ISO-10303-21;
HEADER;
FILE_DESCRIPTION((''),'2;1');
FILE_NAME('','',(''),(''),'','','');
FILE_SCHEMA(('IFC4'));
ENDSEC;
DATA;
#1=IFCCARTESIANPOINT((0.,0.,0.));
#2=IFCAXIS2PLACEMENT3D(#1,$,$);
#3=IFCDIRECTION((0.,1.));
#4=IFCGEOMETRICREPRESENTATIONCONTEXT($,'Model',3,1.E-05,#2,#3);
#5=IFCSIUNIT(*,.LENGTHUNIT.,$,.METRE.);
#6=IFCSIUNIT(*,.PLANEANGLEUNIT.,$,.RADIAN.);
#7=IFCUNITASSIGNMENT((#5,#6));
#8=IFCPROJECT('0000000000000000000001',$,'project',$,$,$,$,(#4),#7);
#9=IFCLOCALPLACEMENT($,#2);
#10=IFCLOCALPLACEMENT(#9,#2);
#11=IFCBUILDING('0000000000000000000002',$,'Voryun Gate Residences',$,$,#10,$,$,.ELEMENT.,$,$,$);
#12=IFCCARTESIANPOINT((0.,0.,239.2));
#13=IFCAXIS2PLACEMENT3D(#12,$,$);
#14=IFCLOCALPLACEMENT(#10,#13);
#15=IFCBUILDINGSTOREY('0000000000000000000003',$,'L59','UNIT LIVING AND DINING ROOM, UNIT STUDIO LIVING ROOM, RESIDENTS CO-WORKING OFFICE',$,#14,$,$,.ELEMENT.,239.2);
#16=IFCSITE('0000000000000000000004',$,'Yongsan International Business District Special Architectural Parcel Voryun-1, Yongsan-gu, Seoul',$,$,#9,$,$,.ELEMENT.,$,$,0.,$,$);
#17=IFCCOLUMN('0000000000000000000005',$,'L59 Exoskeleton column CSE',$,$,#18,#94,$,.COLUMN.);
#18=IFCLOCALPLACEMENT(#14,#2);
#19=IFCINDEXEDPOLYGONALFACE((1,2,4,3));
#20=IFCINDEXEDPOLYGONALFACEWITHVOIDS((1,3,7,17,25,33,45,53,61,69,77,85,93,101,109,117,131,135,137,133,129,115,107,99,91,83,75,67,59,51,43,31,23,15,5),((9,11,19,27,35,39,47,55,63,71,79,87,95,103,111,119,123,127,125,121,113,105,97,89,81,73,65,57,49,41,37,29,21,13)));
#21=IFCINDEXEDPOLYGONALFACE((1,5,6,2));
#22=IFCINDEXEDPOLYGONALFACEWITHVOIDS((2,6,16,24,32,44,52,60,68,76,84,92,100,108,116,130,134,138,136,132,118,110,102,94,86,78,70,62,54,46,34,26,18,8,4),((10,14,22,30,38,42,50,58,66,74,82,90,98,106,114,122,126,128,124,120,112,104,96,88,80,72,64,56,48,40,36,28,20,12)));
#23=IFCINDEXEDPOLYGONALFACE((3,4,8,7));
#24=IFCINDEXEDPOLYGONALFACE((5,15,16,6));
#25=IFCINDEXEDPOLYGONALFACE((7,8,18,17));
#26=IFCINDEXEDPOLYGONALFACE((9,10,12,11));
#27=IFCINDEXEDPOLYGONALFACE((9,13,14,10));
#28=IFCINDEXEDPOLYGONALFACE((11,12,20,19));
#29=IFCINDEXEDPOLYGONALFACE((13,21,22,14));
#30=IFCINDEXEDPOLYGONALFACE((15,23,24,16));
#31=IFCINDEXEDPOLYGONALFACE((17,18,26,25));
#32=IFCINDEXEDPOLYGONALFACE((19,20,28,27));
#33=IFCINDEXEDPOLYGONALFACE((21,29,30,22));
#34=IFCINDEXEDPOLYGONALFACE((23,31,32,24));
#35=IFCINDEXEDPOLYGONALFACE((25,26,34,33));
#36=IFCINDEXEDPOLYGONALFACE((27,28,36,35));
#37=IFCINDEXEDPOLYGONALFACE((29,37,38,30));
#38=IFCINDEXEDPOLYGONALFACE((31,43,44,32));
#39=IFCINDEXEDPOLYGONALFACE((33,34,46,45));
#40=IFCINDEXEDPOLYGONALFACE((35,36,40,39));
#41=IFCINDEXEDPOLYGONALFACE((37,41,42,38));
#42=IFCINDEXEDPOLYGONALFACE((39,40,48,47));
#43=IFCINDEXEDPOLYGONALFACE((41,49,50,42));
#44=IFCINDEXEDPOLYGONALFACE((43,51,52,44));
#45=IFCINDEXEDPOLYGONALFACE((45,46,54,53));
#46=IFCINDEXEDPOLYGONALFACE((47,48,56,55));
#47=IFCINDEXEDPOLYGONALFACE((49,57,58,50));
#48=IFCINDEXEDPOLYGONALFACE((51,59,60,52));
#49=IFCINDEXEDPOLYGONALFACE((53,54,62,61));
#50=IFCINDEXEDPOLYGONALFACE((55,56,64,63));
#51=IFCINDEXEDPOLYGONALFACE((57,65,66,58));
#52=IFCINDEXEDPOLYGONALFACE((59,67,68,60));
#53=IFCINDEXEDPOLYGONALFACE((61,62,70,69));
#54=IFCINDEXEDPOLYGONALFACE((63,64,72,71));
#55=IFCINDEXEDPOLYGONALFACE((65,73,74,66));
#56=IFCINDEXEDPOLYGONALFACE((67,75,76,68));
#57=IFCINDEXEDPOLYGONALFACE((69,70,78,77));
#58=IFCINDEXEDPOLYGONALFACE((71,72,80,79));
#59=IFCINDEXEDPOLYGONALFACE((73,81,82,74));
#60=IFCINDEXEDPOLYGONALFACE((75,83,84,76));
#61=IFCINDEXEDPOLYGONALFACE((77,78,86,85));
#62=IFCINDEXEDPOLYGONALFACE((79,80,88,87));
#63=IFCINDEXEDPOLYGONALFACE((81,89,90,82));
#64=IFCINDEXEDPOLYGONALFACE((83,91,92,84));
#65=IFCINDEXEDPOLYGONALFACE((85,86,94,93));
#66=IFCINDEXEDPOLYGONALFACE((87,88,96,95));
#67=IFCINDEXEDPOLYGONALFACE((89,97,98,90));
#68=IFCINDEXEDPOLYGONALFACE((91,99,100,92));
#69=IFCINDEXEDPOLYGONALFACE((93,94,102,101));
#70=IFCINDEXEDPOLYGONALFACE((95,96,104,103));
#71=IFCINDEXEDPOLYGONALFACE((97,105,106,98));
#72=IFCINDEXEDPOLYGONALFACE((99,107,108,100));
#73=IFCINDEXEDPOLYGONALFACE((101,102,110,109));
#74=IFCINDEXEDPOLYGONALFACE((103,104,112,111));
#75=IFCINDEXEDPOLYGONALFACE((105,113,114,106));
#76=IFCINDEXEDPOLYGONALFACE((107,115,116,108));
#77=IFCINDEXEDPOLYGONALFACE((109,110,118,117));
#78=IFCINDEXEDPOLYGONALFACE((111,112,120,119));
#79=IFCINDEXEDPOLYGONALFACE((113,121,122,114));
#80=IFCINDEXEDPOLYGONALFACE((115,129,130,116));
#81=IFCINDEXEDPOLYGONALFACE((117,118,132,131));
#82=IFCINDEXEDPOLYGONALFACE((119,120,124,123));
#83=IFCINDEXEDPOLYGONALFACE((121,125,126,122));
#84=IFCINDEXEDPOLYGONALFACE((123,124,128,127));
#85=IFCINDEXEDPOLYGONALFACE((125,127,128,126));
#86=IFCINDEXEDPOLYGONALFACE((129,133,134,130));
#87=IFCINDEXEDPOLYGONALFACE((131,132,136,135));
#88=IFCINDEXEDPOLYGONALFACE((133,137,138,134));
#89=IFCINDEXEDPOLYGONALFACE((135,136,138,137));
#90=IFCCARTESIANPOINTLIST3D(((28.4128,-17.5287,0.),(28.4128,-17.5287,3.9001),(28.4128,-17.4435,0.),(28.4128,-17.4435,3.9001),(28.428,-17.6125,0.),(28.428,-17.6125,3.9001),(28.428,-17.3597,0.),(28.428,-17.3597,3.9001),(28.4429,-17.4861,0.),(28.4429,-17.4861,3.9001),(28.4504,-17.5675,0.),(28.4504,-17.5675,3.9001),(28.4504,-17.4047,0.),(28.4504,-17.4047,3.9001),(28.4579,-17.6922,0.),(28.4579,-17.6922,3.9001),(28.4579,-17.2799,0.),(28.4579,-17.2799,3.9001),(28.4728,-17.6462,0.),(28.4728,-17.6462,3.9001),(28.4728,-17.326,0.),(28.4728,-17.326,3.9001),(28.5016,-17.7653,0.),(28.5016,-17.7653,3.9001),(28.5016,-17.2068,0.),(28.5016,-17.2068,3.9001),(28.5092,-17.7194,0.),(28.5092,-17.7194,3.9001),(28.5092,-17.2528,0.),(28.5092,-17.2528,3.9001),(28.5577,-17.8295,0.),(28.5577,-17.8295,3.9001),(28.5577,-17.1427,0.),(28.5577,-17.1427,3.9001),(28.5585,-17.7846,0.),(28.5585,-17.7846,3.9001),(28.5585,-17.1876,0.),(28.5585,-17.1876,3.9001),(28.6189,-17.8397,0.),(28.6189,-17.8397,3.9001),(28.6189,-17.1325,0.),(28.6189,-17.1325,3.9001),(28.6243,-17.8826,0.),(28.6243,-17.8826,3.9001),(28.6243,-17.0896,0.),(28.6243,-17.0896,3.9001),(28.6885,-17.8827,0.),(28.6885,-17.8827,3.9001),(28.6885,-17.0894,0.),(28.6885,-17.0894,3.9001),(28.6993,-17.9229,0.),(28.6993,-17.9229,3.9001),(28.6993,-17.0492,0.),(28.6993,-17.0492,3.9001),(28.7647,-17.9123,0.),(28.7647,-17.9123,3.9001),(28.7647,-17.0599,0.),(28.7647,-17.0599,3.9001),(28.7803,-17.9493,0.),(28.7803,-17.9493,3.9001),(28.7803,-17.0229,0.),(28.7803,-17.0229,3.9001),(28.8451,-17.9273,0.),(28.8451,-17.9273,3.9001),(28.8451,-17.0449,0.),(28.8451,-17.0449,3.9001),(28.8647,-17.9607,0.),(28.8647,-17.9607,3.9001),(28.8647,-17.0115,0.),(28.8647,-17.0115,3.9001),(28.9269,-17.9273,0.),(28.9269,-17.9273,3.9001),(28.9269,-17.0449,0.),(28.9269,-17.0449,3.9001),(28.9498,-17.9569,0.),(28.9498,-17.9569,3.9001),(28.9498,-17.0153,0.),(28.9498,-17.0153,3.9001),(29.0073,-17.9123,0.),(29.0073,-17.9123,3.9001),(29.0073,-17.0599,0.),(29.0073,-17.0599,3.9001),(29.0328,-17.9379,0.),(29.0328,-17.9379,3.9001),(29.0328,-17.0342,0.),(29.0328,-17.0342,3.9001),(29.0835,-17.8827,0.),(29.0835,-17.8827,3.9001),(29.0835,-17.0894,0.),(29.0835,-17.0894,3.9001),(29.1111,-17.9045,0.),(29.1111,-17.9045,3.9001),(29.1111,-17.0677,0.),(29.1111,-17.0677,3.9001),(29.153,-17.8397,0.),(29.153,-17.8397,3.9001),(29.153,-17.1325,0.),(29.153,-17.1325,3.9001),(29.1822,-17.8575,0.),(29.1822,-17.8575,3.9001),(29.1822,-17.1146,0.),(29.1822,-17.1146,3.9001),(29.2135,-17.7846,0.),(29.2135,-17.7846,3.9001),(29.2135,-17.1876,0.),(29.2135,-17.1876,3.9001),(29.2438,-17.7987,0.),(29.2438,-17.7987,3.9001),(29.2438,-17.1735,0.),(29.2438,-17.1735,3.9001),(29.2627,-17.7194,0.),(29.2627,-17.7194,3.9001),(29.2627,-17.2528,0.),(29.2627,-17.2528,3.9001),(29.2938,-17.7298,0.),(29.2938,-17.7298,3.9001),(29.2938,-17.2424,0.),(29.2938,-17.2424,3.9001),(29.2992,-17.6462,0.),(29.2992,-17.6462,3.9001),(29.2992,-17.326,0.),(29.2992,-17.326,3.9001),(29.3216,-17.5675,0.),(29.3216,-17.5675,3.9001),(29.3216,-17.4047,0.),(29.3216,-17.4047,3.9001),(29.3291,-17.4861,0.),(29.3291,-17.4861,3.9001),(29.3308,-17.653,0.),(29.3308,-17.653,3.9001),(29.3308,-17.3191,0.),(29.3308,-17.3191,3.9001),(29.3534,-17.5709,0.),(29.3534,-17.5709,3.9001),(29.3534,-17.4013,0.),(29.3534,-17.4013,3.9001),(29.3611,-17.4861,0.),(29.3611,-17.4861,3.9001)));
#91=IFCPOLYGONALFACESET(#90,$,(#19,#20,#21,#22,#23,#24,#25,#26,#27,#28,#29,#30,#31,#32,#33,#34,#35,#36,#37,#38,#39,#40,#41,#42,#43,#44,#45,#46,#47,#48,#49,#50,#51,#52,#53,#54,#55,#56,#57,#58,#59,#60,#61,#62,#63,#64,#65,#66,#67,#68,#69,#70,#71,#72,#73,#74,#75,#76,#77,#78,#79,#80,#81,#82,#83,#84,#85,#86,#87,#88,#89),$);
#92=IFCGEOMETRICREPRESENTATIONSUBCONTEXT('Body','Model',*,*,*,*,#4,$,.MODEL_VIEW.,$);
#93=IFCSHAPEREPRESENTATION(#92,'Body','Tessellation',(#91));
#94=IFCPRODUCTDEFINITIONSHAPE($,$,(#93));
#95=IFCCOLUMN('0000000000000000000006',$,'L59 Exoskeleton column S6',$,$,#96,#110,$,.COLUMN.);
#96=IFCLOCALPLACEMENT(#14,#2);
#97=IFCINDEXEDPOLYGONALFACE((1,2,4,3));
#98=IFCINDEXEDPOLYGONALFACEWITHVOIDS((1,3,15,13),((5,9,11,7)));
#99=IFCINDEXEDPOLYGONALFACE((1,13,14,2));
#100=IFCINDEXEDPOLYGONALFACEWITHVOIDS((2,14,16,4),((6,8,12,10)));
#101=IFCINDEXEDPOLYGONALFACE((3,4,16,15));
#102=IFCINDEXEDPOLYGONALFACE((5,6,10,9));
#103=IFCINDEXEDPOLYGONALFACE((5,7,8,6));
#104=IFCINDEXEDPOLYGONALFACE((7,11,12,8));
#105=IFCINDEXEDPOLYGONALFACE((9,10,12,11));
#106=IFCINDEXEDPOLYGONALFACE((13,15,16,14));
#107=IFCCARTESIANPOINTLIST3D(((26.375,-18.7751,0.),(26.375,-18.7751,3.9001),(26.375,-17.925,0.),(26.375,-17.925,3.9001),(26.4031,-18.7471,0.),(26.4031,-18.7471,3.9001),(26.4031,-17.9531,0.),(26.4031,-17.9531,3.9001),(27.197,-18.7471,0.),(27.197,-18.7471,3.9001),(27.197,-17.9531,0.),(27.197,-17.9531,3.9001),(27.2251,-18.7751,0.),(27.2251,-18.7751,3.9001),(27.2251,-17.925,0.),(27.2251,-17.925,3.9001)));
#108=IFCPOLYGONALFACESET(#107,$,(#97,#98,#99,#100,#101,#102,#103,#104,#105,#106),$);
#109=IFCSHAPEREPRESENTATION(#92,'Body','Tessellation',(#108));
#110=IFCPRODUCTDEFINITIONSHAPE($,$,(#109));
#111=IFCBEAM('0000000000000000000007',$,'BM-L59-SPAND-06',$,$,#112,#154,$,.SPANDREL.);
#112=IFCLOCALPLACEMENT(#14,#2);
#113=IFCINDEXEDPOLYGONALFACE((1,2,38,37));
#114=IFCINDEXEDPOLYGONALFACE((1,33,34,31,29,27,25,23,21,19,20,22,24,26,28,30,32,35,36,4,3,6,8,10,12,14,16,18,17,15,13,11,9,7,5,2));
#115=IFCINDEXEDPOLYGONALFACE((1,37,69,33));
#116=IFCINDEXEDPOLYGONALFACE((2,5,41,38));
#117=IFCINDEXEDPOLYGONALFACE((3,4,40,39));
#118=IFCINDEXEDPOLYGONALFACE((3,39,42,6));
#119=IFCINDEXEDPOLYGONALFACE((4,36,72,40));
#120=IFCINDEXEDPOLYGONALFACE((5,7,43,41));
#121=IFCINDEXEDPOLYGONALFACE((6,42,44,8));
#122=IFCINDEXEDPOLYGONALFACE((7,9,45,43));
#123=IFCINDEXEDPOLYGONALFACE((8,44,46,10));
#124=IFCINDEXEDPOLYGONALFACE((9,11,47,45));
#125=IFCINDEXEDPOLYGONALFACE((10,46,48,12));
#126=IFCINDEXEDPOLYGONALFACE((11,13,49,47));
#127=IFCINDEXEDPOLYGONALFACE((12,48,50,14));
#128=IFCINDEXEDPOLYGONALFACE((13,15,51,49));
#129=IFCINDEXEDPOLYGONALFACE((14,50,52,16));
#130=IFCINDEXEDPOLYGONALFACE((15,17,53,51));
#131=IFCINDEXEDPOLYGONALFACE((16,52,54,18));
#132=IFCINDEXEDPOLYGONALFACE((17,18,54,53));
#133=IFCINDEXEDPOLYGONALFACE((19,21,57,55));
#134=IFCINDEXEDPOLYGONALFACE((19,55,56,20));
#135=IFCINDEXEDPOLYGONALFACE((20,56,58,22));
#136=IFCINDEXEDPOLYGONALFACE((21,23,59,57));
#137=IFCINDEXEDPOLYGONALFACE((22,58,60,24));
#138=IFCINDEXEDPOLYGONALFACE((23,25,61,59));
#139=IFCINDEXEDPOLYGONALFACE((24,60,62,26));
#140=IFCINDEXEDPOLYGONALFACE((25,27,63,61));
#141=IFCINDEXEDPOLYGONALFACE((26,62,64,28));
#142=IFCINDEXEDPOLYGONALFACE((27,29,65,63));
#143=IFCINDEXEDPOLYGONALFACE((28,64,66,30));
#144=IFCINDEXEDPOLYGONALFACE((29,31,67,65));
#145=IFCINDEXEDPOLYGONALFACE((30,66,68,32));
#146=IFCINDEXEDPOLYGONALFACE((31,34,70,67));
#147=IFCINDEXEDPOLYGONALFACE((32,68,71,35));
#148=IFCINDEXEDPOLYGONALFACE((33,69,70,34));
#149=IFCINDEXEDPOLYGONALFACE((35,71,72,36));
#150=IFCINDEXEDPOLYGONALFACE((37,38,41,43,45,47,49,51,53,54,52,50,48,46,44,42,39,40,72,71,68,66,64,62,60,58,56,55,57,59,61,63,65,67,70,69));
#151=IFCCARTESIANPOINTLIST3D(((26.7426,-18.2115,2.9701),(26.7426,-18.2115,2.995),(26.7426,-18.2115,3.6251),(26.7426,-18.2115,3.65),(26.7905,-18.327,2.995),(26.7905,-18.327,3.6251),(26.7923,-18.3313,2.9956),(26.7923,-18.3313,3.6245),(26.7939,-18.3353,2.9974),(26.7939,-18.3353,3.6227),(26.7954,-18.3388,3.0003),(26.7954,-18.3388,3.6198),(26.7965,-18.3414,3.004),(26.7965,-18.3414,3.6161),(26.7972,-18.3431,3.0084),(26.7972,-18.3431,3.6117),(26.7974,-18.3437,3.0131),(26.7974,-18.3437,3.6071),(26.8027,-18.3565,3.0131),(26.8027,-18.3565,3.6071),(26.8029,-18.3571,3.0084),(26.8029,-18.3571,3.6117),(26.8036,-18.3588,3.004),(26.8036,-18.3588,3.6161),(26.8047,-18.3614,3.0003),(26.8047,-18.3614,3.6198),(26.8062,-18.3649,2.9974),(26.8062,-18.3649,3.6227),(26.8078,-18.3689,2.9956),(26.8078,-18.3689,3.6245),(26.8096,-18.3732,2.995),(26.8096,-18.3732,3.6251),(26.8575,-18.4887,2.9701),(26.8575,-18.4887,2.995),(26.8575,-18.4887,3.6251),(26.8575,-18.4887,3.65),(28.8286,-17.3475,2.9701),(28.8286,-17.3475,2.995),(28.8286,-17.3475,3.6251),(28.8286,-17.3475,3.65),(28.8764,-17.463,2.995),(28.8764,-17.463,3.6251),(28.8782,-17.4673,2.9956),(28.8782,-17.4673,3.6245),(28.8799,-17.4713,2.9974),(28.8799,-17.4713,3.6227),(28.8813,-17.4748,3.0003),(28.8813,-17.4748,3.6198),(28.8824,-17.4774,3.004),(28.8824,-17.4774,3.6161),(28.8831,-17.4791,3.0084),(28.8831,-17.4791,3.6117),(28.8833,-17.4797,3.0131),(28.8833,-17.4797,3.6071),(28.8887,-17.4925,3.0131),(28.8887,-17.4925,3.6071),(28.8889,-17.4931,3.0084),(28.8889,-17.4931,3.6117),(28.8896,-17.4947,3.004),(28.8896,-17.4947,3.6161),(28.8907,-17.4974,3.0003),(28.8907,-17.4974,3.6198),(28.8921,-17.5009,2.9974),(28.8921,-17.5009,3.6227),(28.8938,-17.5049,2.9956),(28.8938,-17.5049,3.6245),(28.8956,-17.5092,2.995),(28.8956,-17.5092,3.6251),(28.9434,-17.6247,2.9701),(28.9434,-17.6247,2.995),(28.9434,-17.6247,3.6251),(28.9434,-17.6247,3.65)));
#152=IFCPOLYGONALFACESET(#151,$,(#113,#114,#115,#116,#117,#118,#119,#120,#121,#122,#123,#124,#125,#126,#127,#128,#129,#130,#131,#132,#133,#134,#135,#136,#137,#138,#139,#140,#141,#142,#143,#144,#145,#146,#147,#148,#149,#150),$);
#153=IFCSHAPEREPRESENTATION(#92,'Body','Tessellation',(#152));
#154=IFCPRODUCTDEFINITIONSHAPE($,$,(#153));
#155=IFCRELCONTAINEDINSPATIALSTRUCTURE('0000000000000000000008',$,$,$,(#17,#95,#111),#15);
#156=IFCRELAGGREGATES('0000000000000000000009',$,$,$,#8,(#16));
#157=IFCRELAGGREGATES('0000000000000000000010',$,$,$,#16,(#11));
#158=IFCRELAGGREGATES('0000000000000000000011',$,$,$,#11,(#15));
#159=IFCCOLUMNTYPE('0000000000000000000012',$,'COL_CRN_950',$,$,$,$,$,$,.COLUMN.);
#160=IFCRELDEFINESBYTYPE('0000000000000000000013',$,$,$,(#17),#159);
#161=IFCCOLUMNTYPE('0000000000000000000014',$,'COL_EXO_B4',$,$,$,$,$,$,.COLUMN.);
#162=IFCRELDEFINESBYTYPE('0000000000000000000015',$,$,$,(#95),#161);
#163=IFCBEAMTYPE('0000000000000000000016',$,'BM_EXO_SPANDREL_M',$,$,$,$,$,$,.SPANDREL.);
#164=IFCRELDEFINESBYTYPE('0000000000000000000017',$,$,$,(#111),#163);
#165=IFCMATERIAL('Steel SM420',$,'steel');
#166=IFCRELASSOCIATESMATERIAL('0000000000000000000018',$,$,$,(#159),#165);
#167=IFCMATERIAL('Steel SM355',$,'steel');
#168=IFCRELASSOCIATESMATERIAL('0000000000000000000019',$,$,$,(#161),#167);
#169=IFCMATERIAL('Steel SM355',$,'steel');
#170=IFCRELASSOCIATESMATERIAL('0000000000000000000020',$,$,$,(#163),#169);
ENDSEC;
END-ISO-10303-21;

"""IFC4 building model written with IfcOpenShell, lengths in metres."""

from ifc_helpers import new_model, si_unit, direction, frame, origin, origin_2d, place, context, subcontext, project, spatial, hollow_rectangle, hollow_circle, i_section, extrude, material, material_profile, profile_set, type_object, element, save


model = new_model("IFC4")

# Units and contexts
model_context = context("Model", 3, precision=1e-05, world=origin(), true_north=direction((0.0, 1.0)))
body_context = subcontext(model_context, "Body", "Model", "MODEL_VIEW")
ifc_project = project(units=[si_unit("LENGTHUNIT", "METRE"), si_unit("PLANEANGLEUNIT", "RADIAN")], contexts=[model_context])

# Site, building, storey
site_placement = place(None, origin())
site = spatial("IfcSite", under=ifc_project, at=site_placement, Name="Yongsan International Business District Special Architectural Parcel Voryun-1, Yongsan-gu, Seoul", CompositionType="ELEMENT", RefElevation=0.0)
building_placement = place(site_placement, origin())
building = spatial("IfcBuilding", under=site, at=building_placement, Name="Voryun Gate Residences", CompositionType="ELEMENT")
storey_placement = place(building_placement, frame((0.0, 0.0, 239.2)))
storey = spatial("IfcBuildingStorey", under=building, at=storey_placement, Name="L59", Description="UNIT LIVING AND DINING ROOM, UNIT STUDIO LIVING ROOM, RESIDENTS CO-WORKING OFFICE", CompositionType="ELEMENT", Elevation=239.2)

# Columns
ifc_material_1 = material(Name="Steel SM420", Category="steel")
ifc_material_profile_1 = material_profile(ifc_material_1, hollow_circle(Radius=0.4751, WallThickness=0.032, at=origin_2d()), Name="CHS-950x32")
ifc_profile_set_1 = profile_set([ifc_material_profile_1], Name="Steel SM420")
column_type_1 = type_object("IfcColumnType", Name="COL_CRN_950", PredefinedType="COLUMN", material=ifc_profile_set_1)
column_1_placement = place(storey_placement, frame((28.886, -17.4861, 0.0), z_axis=(0.0, 0.0, 1.0), x_axis=(1.0, 0.0, 0.0)))
element("IfcColumn", 1, at=column_1_placement, inside=storey, type_object=column_type_1, Name="L59 Exoskeleton column CSE", PredefinedType="COLUMN", context=body_context, shape_type="SweptSolid", body=[
    extrude(hollow_circle(Radius=0.4751, WallThickness=0.032, at=origin_2d()), origin(), (0.0, 0.0, 1.0), 3.9001),
])
ifc_material_2 = material(Name="Steel SM355", Category="steel")
ifc_material_profile_2 = material_profile(ifc_material_2, hollow_rectangle(XDim=0.8501, YDim=0.8501, WallThickness=0.0281, at=origin_2d()), Name="BOX-850x850x28")
ifc_profile_set_2 = profile_set([ifc_material_profile_2], Name="Steel SM355")
column_type_2 = type_object("IfcColumnType", Name="COL_EXO_B4", PredefinedType="COLUMN", material=ifc_profile_set_2)
column_2_placement = place(storey_placement, frame((26.8, -18.3501, 0.0), z_axis=(0.0, 0.0, 1.0), x_axis=(1.0, 0.0, 0.0)))
element("IfcColumn", 2, at=column_2_placement, inside=storey, type_object=column_type_2, Name="L59 Exoskeleton column S6", PredefinedType="COLUMN", context=body_context, shape_type="SweptSolid", body=[
    extrude(hollow_rectangle(XDim=0.8501, YDim=0.8501, WallThickness=0.0281, at=origin_2d()), origin(), (0.0, 0.0, 1.0), 3.9001),
])

# Beam
ifc_material_3 = material(Name="Steel SM355", Category="steel")
ifc_material_profile_3 = material_profile(ifc_material_3, i_section(OverallWidth=0.3, OverallDepth=0.6799, WebThickness=0.0139, FlangeThickness=0.0249, FilletRadius=0.0181, at=origin_2d()), Name="H-680x300x14x25")
ifc_profile_set_3 = profile_set([ifc_material_profile_3], Name="Steel SM355")
beam_type = type_object("IfcBeamType", Name="BM_EXO_SPANDREL_M", PredefinedType="SPANDREL", material=ifc_profile_set_3)
beam_1_placement = place(storey_placement, frame((26.8, -18.3501, 3.3101), z_axis=(0.923881, 0.38268, 0.0), x_axis=(-0.38268, 0.923881, 0.0)))
element("IfcBeam", 3, at=beam_1_placement, inside=storey, type_object=beam_type, Name="BM-L59-SPAND-06", PredefinedType="SPANDREL", context=body_context, shape_type="SweptSolid", body=[
    extrude(i_section(OverallWidth=0.3, OverallDepth=0.6799, WebThickness=0.0139, FlangeThickness=0.0249, FilletRadius=0.0181, at=origin_2d()), origin(), (0.0, 0.0, 1.0), 2.2578),
])

save(model, "model.ifc")
